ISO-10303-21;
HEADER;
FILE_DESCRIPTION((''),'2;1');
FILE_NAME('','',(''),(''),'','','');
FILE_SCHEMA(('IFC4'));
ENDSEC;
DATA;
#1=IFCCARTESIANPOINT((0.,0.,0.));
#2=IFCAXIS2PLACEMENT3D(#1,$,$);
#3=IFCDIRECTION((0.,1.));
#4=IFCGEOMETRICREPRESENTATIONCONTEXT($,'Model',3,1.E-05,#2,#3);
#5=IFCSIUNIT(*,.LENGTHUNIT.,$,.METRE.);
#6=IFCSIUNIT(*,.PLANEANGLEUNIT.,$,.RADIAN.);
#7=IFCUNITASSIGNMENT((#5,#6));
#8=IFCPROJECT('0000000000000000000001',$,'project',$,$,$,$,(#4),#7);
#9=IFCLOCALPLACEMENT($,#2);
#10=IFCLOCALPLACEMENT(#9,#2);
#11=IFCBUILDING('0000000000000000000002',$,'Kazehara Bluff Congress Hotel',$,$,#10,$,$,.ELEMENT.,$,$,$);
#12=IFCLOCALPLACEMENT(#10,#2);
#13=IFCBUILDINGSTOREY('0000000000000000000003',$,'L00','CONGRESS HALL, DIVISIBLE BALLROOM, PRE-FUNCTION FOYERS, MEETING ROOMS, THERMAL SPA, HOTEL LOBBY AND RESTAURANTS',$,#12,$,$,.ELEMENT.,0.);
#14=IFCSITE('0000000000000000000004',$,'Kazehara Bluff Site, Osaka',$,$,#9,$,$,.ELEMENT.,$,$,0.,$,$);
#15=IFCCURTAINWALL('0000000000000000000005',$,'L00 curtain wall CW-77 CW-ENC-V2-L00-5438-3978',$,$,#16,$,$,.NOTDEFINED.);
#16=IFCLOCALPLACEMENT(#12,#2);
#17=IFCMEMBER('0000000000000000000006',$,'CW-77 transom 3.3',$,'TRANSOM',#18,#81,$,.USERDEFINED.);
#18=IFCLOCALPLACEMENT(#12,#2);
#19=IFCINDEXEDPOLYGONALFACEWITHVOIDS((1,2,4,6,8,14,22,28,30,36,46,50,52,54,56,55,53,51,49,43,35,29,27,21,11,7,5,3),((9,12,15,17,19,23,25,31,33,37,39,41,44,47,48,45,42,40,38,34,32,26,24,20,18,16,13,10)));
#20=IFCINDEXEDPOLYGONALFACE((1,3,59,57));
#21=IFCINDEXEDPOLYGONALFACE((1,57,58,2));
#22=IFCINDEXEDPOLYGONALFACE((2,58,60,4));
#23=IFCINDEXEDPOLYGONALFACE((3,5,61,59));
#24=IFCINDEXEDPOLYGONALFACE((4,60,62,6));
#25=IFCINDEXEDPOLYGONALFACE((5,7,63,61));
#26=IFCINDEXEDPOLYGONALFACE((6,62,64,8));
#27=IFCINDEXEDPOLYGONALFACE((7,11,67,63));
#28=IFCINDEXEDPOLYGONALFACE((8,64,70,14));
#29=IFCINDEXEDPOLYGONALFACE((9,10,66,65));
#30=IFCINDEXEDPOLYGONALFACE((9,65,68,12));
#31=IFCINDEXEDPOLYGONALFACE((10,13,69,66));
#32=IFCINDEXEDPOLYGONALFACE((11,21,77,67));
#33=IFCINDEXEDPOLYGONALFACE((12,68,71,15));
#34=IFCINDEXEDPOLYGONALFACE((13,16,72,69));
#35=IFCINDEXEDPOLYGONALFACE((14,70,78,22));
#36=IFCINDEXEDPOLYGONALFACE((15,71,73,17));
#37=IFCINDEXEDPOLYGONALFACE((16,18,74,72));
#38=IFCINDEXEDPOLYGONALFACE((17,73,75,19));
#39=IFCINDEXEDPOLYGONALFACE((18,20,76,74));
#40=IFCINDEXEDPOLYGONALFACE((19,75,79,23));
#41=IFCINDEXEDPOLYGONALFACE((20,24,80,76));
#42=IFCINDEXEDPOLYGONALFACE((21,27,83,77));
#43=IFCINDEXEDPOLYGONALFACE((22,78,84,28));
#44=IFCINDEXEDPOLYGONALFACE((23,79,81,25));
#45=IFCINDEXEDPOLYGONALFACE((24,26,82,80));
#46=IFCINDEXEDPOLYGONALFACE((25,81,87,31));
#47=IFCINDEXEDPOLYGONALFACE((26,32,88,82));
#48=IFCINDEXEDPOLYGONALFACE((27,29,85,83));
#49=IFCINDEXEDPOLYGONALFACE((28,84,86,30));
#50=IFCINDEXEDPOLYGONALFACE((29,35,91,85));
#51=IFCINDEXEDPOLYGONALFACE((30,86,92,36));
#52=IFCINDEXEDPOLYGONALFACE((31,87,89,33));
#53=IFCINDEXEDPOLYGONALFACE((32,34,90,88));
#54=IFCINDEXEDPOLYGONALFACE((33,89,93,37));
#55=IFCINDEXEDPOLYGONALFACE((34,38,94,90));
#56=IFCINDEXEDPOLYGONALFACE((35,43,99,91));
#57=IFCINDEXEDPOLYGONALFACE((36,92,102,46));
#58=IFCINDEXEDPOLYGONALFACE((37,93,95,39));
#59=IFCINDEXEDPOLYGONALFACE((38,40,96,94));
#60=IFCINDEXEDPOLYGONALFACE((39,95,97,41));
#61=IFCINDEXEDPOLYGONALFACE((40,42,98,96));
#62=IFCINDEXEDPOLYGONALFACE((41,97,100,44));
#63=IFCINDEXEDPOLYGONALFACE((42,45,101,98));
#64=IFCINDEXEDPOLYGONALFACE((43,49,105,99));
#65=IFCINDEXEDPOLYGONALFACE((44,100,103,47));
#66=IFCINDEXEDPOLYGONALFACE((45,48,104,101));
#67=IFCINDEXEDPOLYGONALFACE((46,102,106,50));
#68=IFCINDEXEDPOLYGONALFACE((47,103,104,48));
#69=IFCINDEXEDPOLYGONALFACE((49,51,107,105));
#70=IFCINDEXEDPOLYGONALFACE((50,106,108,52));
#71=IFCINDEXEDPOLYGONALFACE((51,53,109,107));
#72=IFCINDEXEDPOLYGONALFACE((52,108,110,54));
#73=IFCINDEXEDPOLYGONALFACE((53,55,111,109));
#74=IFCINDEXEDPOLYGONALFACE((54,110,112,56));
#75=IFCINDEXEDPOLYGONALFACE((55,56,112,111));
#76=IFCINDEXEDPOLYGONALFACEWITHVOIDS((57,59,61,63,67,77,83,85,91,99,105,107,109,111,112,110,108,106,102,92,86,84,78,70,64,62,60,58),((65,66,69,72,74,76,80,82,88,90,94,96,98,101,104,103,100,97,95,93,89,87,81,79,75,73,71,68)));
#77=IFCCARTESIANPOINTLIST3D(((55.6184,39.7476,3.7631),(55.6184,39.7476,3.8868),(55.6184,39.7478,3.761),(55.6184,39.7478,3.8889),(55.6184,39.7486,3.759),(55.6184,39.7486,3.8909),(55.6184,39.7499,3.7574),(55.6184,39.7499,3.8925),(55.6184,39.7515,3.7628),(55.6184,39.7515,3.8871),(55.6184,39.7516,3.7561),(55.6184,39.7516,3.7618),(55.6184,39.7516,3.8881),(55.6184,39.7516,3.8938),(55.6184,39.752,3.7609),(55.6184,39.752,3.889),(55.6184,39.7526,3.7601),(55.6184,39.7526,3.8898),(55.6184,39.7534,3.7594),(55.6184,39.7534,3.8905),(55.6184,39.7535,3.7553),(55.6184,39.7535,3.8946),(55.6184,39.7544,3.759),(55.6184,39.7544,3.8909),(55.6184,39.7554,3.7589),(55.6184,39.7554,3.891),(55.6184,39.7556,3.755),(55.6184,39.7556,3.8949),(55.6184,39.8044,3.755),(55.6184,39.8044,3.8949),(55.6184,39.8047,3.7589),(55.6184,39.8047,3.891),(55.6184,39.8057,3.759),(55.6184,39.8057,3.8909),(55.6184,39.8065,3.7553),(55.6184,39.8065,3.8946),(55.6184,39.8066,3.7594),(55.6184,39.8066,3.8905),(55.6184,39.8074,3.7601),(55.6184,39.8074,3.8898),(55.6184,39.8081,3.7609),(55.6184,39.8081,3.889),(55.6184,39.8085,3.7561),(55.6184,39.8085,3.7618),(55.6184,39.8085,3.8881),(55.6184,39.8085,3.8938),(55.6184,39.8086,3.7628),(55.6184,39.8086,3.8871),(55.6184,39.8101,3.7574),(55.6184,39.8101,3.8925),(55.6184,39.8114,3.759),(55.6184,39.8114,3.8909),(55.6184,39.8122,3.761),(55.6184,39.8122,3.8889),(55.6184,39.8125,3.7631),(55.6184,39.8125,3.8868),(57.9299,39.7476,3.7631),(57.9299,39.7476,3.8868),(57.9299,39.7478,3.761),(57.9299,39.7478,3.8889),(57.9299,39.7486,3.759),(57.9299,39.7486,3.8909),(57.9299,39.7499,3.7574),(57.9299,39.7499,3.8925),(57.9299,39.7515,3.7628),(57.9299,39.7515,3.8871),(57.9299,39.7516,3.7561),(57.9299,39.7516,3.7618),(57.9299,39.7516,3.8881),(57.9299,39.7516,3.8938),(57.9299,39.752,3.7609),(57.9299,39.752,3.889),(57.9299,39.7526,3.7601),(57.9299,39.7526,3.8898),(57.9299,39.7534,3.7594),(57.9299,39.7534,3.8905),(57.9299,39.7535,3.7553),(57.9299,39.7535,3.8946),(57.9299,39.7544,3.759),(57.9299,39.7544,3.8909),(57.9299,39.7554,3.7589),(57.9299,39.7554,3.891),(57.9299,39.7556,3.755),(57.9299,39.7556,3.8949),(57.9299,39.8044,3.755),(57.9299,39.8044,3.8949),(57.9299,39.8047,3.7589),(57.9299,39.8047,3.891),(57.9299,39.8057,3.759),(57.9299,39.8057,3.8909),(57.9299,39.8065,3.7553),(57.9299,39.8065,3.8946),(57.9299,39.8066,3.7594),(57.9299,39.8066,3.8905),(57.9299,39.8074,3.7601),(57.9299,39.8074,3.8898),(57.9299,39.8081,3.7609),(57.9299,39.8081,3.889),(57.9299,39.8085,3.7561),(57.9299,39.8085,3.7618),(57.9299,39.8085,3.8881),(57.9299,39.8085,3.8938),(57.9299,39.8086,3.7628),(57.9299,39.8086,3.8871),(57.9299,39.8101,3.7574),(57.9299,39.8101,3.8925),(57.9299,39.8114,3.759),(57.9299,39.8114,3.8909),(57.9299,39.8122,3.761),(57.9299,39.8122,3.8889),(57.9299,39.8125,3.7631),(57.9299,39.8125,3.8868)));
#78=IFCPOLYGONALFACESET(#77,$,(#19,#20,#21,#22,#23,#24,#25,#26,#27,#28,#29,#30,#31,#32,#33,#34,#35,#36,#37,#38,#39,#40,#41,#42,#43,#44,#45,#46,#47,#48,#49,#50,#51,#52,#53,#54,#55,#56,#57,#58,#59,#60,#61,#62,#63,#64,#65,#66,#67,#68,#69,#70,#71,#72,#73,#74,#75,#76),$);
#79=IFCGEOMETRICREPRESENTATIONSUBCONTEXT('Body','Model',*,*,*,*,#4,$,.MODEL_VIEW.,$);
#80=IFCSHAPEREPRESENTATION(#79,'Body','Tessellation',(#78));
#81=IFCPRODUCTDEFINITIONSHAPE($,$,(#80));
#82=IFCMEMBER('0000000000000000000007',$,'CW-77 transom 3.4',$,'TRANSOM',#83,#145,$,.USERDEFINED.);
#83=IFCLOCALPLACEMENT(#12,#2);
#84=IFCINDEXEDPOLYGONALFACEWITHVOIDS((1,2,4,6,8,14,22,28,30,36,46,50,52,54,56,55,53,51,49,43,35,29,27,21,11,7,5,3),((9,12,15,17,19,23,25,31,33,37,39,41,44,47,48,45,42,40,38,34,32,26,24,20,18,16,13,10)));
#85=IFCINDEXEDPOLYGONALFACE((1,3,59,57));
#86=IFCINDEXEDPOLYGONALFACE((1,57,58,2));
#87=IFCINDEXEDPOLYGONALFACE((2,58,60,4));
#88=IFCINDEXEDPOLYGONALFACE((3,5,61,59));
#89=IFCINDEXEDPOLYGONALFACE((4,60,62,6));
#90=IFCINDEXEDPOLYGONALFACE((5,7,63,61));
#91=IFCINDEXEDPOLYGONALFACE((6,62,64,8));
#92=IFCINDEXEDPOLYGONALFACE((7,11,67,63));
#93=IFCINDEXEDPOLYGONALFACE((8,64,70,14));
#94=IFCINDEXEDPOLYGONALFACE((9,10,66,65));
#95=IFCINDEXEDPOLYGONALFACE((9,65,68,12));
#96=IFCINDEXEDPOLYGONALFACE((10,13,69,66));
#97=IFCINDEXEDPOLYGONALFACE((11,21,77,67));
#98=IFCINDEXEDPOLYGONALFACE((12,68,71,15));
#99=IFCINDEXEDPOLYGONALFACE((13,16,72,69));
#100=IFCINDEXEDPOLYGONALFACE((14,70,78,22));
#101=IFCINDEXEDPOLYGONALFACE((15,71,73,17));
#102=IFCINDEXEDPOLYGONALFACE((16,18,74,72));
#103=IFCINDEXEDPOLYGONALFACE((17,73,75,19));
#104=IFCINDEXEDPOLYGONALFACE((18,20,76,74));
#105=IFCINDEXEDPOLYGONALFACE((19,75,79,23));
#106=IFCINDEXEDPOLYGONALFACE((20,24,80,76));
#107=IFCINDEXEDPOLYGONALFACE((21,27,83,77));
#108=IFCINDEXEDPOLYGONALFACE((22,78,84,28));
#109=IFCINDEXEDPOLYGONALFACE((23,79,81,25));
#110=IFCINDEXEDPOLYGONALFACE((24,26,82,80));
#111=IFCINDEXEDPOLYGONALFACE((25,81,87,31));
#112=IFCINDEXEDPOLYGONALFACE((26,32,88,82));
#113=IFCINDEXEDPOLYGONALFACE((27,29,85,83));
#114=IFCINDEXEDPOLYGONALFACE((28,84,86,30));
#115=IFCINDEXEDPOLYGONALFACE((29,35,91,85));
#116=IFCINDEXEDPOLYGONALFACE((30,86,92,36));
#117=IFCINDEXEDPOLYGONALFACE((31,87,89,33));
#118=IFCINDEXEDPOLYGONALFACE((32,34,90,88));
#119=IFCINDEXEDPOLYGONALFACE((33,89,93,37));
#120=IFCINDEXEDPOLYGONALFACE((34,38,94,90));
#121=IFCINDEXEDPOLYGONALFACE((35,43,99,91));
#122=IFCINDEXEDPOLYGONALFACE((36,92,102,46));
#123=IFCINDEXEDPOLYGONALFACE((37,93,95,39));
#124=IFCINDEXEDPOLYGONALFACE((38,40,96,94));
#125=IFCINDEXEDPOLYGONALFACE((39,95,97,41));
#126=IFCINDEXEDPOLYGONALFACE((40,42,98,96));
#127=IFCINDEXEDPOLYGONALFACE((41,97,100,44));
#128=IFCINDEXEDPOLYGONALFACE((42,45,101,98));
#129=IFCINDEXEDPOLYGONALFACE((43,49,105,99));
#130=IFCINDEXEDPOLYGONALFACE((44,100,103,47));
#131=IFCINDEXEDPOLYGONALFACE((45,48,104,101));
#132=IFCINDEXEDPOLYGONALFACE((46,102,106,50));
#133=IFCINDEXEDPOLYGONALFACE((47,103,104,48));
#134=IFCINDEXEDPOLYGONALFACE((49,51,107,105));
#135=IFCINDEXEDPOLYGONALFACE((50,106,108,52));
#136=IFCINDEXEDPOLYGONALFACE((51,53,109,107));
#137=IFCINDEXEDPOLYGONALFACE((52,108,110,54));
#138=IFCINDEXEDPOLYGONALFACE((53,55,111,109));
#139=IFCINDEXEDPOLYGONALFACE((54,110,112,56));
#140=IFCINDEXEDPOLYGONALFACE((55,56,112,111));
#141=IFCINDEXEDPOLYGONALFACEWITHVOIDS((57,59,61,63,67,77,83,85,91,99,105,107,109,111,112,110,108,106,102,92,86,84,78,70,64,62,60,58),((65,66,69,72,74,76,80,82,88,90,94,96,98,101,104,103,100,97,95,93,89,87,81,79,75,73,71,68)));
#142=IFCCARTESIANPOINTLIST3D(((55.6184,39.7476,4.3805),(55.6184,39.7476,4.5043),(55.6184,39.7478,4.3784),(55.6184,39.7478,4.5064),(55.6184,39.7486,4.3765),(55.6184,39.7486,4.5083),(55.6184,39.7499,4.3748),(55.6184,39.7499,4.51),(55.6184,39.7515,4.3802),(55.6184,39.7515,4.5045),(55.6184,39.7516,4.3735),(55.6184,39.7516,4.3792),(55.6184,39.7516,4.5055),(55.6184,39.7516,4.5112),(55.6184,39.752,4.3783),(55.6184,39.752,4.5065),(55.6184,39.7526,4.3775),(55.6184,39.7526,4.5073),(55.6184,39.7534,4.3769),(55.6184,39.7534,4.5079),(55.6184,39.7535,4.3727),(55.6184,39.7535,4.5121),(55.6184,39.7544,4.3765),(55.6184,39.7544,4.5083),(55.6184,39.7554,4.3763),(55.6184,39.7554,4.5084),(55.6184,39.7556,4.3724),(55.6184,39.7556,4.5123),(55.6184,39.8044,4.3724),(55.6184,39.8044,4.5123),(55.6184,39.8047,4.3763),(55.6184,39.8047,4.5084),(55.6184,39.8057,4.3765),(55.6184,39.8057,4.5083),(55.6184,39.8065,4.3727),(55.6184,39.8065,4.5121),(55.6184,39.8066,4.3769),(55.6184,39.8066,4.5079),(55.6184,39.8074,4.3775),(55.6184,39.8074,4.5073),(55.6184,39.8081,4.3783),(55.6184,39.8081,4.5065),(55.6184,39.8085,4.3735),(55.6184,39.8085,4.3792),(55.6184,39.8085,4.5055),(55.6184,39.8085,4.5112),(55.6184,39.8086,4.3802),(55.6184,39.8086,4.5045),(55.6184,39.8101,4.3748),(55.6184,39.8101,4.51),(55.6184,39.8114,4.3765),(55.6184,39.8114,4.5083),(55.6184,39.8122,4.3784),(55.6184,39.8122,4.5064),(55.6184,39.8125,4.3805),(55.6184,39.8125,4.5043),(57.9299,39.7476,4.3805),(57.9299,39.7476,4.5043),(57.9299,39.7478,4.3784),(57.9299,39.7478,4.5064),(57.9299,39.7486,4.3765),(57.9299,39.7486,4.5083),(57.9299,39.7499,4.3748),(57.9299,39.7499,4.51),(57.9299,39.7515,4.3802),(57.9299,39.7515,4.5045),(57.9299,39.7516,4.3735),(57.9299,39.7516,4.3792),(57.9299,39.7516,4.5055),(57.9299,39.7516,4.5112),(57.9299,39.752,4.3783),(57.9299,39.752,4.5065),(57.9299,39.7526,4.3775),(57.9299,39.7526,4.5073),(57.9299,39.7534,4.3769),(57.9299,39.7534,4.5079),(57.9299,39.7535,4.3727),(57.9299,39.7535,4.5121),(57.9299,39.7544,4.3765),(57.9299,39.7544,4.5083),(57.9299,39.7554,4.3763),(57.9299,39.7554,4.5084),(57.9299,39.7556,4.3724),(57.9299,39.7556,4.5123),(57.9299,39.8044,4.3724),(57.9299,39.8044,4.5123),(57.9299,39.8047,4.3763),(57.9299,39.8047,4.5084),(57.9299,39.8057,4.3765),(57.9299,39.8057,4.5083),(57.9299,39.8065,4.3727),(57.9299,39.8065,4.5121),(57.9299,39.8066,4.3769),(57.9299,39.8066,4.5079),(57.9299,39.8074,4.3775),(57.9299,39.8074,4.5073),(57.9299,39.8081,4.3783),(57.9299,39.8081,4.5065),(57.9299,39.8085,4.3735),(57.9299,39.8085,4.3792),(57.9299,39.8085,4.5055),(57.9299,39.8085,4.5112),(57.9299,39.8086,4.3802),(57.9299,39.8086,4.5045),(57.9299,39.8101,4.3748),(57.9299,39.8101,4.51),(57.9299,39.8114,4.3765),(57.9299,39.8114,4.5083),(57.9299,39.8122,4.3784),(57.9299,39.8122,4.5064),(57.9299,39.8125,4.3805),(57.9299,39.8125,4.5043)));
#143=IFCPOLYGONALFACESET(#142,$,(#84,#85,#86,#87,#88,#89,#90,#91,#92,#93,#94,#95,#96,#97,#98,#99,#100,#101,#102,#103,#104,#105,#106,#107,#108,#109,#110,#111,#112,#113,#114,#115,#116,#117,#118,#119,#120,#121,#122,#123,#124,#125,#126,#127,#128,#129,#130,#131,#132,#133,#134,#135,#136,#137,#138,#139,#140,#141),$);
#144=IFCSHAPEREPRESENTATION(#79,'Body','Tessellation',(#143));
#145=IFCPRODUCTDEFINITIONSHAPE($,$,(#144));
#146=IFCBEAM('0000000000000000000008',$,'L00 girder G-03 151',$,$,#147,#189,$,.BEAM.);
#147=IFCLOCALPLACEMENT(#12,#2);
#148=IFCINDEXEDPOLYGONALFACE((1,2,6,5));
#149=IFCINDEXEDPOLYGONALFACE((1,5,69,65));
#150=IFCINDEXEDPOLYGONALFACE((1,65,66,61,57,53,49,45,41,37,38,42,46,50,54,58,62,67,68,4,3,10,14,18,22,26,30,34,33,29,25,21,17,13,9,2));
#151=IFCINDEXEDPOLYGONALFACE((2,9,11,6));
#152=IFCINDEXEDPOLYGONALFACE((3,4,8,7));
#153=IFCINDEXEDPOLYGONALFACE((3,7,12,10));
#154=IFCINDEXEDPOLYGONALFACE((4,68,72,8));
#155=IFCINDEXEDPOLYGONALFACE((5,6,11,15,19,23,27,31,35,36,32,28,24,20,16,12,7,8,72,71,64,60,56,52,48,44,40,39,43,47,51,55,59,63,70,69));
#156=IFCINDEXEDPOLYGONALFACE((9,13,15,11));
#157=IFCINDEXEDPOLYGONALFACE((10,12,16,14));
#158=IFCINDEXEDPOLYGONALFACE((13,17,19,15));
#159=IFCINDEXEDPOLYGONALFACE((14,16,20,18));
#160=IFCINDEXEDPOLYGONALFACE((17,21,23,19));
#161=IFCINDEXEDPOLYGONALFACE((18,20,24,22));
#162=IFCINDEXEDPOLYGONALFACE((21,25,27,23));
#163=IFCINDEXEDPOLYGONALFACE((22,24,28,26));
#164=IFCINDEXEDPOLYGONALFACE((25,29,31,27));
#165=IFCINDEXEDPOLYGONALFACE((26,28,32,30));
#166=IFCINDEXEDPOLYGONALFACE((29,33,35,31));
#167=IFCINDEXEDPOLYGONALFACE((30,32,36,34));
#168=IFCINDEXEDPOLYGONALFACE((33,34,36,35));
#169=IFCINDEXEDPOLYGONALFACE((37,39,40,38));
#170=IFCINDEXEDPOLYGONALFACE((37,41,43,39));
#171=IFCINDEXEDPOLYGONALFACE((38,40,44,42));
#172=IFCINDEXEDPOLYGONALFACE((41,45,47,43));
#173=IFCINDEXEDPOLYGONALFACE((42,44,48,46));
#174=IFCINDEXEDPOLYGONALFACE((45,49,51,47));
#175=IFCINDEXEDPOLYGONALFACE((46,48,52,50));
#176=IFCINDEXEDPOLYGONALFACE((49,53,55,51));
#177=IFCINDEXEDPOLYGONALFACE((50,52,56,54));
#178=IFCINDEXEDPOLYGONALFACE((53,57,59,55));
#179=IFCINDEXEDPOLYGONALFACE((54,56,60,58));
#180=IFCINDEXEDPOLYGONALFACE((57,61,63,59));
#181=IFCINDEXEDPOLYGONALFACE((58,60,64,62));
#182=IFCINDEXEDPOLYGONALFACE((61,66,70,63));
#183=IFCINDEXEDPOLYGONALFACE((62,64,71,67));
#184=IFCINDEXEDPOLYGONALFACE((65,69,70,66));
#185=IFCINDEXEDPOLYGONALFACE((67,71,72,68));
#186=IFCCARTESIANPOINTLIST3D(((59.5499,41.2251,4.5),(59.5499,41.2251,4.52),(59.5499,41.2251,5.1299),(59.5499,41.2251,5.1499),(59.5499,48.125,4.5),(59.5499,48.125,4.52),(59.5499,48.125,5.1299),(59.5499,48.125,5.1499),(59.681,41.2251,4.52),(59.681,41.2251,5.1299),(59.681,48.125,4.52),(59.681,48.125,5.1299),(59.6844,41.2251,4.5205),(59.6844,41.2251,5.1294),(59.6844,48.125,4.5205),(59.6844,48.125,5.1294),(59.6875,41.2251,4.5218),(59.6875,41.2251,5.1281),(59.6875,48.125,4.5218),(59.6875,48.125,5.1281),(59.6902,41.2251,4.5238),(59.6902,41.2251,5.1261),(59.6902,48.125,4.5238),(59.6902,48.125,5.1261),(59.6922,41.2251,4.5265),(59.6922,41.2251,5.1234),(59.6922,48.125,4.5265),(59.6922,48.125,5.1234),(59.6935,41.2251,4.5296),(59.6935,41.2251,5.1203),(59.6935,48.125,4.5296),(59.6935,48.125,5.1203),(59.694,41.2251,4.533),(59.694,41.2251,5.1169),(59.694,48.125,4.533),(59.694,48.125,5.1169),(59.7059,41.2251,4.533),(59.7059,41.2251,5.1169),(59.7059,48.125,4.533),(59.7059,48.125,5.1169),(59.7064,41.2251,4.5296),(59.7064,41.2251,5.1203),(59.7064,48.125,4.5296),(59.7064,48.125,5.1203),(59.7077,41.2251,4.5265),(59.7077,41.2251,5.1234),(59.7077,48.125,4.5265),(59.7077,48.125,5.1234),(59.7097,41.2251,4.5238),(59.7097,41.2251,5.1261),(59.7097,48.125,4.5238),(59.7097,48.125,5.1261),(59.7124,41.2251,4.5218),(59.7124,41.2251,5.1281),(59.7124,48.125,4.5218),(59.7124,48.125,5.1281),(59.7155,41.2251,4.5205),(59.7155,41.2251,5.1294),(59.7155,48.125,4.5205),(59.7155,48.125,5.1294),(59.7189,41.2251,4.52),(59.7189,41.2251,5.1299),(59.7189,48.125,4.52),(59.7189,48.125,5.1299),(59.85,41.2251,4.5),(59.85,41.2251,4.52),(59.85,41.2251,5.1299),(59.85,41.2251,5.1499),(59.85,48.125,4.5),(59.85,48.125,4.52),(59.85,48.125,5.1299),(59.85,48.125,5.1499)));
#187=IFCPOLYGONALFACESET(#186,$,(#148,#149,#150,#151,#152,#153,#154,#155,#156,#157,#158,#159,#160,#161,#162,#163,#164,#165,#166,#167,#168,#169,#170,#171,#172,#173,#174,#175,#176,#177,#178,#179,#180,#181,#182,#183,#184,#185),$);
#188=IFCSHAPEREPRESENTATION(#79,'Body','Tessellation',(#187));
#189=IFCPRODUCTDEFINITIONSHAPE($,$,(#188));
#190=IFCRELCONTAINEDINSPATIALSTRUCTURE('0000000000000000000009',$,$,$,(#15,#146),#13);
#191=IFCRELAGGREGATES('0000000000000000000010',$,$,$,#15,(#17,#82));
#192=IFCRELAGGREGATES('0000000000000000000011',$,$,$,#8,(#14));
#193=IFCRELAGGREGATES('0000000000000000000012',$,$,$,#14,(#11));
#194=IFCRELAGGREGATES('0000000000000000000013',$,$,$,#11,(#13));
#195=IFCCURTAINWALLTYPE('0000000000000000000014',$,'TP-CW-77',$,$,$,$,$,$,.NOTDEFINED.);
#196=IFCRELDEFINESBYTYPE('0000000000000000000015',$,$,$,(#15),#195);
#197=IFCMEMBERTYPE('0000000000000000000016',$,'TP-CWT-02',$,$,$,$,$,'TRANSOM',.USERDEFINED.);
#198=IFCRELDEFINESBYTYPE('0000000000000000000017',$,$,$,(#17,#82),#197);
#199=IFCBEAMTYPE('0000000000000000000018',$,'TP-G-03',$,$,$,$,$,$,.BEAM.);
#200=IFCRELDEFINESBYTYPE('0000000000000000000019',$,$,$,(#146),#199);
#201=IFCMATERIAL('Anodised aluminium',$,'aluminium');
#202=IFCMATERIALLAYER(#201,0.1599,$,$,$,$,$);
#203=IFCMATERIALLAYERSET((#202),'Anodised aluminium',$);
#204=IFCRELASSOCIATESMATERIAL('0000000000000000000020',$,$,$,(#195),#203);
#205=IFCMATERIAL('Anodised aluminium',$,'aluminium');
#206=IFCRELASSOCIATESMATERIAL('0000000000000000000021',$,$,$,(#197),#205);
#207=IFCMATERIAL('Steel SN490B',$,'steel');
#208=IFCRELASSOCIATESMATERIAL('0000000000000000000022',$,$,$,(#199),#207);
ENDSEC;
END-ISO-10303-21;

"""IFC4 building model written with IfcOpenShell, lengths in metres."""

from ifc_helpers import new_model, si_unit, direction, frame, origin, origin_2d, place, context, subcontext, project, spatial, hollow_rectangle, i_section, extrude, material, layer, layer_set, material_profile, profile_set, type_object, element, aggregate, save


model = new_model("IFC4")

# Units and contexts
model_context = context("Model", 3, precision=1e-05, world=origin(), true_north=direction((0.0, 1.0)))
body_context = subcontext(model_context, "Body", "Model", "MODEL_VIEW")
ifc_project = project(units=[si_unit("LENGTHUNIT", "METRE"), si_unit("PLANEANGLEUNIT", "RADIAN")], contexts=[model_context])

# Site, building, storey
site_placement = place(None, origin())
site = spatial("IfcSite", under=ifc_project, at=site_placement, Name="Kazehara Bluff Site, Osaka", CompositionType="ELEMENT", RefElevation=0.0)
building_placement = place(site_placement, origin())
building = spatial("IfcBuilding", under=site, at=building_placement, Name="Kazehara Bluff Congress Hotel", CompositionType="ELEMENT")
storey_placement = place(building_placement, origin())
storey = spatial("IfcBuildingStorey", under=building, at=storey_placement, Name="L00", Description="CONGRESS HALL, DIVISIBLE BALLROOM, PRE-FUNCTION FOYERS, MEETING ROOMS, THERMAL SPA, HOTEL LOBBY AND RESTAURANTS", CompositionType="ELEMENT", Elevation=0.0)

# Curtain wall, members
ifc_material_1 = material(Name="Anodised aluminium", Category="aluminium")
ifc_layer_1 = layer(ifc_material_1, 0.1599)
ifc_layer_set_1 = layer_set([ifc_layer_1], Name="Anodised aluminium")
curtain_wall_type_1 = type_object("IfcCurtainWallType", Name="TP-CW-77", PredefinedType="NOTDEFINED", material=ifc_layer_set_1)
curtain_wall_1_placement = place(storey_placement, origin())
curtain_wall_1 = element("IfcCurtainWall", 1, at=curtain_wall_1_placement, inside=storey, type_object=curtain_wall_type_1, Name="L00 curtain wall CW-77 CW-ENC-V2-L00-5438-3978", PredefinedType="NOTDEFINED")
ifc_material_2 = material(Name="Anodised aluminium", Category="aluminium")
ifc_material_profile_1 = material_profile(ifc_material_2, hollow_rectangle(XDim=0.0649, YDim=0.1399, WallThickness=0.0039, InnerFilletRadius=0.0039, OuterFilletRadius=0.0081, at=origin_2d()))
ifc_profile_set_1 = profile_set([ifc_material_profile_1], Name="Anodised aluminium")
member_type_1 = type_object("IfcMemberType", Name="TP-CWT-02", ElementType="TRANSOM", PredefinedType="USERDEFINED", material=ifc_profile_set_1)
member_1_placement = place(storey_placement, frame((55.6184, 39.78, 3.825), z_axis=(1.0, 0.0, 0.0), x_axis=(0.0, 1.0, 0.0)))
member_1 = element("IfcMember", 2, at=member_1_placement, type_object=member_type_1, Name="CW-77 transom 3.3", ObjectType="TRANSOM", PredefinedType="USERDEFINED", context=body_context, shape_type="SweptSolid", body=[
    extrude(hollow_rectangle(XDim=0.0649, YDim=0.1399, WallThickness=0.0039, InnerFilletRadius=0.0039, OuterFilletRadius=0.0081, at=origin_2d()), origin(), (0.0, 0.0, 1.0), 2.3115),
])
member_2_placement = place(storey_placement, frame((55.6184, 39.78, 4.4424), z_axis=(1.0, 0.0, 0.0), x_axis=(0.0, 1.0, 0.0)))
member_2 = element("IfcMember", 3, at=member_2_placement, type_object=member_type_1, Name="CW-77 transom 3.4", ObjectType="TRANSOM", PredefinedType="USERDEFINED", context=body_context, shape_type="SweptSolid", body=[
    extrude(hollow_rectangle(XDim=0.0649, YDim=0.1399, WallThickness=0.0039, InnerFilletRadius=0.0039, OuterFilletRadius=0.0081, at=origin_2d()), origin(), (0.0, 0.0, 1.0), 2.3115),
])

# Beam
ifc_material_3 = material(Name="Steel SN490B", Category="steel")
ifc_material_profile_2 = material_profile(ifc_material_3, i_section(OverallWidth=0.3, OverallDepth=0.6499, WebThickness=0.012, FlangeThickness=0.02, FilletRadius=0.0129, at=origin_2d()))
ifc_profile_set_2 = profile_set([ifc_material_profile_2], Name="Steel SN490B")
beam_type_1 = type_object("IfcBeamType", Name="TP-G-03", PredefinedType="BEAM", material=ifc_profile_set_2)
beam_1_placement = place(storey_placement, frame((59.7, 41.2251, 4.825), z_axis=(0.0, 1.0, 0.0), x_axis=(-1.0, 0.0, 0.0)))
element("IfcBeam", 4, at=beam_1_placement, inside=storey, type_object=beam_type_1, Name="L00 girder G-03 151", PredefinedType="BEAM", context=body_context, shape_type="SweptSolid", body=[
    extrude(i_section(OverallWidth=0.3, OverallDepth=0.6499, WebThickness=0.012, FlangeThickness=0.02, FilletRadius=0.0129, at=origin_2d()), origin(), (0.0, 0.0, 1.0), 6.8999),
])

aggregate(curtain_wall_1, [member_1, member_2])

save(model, "model.ifc")
